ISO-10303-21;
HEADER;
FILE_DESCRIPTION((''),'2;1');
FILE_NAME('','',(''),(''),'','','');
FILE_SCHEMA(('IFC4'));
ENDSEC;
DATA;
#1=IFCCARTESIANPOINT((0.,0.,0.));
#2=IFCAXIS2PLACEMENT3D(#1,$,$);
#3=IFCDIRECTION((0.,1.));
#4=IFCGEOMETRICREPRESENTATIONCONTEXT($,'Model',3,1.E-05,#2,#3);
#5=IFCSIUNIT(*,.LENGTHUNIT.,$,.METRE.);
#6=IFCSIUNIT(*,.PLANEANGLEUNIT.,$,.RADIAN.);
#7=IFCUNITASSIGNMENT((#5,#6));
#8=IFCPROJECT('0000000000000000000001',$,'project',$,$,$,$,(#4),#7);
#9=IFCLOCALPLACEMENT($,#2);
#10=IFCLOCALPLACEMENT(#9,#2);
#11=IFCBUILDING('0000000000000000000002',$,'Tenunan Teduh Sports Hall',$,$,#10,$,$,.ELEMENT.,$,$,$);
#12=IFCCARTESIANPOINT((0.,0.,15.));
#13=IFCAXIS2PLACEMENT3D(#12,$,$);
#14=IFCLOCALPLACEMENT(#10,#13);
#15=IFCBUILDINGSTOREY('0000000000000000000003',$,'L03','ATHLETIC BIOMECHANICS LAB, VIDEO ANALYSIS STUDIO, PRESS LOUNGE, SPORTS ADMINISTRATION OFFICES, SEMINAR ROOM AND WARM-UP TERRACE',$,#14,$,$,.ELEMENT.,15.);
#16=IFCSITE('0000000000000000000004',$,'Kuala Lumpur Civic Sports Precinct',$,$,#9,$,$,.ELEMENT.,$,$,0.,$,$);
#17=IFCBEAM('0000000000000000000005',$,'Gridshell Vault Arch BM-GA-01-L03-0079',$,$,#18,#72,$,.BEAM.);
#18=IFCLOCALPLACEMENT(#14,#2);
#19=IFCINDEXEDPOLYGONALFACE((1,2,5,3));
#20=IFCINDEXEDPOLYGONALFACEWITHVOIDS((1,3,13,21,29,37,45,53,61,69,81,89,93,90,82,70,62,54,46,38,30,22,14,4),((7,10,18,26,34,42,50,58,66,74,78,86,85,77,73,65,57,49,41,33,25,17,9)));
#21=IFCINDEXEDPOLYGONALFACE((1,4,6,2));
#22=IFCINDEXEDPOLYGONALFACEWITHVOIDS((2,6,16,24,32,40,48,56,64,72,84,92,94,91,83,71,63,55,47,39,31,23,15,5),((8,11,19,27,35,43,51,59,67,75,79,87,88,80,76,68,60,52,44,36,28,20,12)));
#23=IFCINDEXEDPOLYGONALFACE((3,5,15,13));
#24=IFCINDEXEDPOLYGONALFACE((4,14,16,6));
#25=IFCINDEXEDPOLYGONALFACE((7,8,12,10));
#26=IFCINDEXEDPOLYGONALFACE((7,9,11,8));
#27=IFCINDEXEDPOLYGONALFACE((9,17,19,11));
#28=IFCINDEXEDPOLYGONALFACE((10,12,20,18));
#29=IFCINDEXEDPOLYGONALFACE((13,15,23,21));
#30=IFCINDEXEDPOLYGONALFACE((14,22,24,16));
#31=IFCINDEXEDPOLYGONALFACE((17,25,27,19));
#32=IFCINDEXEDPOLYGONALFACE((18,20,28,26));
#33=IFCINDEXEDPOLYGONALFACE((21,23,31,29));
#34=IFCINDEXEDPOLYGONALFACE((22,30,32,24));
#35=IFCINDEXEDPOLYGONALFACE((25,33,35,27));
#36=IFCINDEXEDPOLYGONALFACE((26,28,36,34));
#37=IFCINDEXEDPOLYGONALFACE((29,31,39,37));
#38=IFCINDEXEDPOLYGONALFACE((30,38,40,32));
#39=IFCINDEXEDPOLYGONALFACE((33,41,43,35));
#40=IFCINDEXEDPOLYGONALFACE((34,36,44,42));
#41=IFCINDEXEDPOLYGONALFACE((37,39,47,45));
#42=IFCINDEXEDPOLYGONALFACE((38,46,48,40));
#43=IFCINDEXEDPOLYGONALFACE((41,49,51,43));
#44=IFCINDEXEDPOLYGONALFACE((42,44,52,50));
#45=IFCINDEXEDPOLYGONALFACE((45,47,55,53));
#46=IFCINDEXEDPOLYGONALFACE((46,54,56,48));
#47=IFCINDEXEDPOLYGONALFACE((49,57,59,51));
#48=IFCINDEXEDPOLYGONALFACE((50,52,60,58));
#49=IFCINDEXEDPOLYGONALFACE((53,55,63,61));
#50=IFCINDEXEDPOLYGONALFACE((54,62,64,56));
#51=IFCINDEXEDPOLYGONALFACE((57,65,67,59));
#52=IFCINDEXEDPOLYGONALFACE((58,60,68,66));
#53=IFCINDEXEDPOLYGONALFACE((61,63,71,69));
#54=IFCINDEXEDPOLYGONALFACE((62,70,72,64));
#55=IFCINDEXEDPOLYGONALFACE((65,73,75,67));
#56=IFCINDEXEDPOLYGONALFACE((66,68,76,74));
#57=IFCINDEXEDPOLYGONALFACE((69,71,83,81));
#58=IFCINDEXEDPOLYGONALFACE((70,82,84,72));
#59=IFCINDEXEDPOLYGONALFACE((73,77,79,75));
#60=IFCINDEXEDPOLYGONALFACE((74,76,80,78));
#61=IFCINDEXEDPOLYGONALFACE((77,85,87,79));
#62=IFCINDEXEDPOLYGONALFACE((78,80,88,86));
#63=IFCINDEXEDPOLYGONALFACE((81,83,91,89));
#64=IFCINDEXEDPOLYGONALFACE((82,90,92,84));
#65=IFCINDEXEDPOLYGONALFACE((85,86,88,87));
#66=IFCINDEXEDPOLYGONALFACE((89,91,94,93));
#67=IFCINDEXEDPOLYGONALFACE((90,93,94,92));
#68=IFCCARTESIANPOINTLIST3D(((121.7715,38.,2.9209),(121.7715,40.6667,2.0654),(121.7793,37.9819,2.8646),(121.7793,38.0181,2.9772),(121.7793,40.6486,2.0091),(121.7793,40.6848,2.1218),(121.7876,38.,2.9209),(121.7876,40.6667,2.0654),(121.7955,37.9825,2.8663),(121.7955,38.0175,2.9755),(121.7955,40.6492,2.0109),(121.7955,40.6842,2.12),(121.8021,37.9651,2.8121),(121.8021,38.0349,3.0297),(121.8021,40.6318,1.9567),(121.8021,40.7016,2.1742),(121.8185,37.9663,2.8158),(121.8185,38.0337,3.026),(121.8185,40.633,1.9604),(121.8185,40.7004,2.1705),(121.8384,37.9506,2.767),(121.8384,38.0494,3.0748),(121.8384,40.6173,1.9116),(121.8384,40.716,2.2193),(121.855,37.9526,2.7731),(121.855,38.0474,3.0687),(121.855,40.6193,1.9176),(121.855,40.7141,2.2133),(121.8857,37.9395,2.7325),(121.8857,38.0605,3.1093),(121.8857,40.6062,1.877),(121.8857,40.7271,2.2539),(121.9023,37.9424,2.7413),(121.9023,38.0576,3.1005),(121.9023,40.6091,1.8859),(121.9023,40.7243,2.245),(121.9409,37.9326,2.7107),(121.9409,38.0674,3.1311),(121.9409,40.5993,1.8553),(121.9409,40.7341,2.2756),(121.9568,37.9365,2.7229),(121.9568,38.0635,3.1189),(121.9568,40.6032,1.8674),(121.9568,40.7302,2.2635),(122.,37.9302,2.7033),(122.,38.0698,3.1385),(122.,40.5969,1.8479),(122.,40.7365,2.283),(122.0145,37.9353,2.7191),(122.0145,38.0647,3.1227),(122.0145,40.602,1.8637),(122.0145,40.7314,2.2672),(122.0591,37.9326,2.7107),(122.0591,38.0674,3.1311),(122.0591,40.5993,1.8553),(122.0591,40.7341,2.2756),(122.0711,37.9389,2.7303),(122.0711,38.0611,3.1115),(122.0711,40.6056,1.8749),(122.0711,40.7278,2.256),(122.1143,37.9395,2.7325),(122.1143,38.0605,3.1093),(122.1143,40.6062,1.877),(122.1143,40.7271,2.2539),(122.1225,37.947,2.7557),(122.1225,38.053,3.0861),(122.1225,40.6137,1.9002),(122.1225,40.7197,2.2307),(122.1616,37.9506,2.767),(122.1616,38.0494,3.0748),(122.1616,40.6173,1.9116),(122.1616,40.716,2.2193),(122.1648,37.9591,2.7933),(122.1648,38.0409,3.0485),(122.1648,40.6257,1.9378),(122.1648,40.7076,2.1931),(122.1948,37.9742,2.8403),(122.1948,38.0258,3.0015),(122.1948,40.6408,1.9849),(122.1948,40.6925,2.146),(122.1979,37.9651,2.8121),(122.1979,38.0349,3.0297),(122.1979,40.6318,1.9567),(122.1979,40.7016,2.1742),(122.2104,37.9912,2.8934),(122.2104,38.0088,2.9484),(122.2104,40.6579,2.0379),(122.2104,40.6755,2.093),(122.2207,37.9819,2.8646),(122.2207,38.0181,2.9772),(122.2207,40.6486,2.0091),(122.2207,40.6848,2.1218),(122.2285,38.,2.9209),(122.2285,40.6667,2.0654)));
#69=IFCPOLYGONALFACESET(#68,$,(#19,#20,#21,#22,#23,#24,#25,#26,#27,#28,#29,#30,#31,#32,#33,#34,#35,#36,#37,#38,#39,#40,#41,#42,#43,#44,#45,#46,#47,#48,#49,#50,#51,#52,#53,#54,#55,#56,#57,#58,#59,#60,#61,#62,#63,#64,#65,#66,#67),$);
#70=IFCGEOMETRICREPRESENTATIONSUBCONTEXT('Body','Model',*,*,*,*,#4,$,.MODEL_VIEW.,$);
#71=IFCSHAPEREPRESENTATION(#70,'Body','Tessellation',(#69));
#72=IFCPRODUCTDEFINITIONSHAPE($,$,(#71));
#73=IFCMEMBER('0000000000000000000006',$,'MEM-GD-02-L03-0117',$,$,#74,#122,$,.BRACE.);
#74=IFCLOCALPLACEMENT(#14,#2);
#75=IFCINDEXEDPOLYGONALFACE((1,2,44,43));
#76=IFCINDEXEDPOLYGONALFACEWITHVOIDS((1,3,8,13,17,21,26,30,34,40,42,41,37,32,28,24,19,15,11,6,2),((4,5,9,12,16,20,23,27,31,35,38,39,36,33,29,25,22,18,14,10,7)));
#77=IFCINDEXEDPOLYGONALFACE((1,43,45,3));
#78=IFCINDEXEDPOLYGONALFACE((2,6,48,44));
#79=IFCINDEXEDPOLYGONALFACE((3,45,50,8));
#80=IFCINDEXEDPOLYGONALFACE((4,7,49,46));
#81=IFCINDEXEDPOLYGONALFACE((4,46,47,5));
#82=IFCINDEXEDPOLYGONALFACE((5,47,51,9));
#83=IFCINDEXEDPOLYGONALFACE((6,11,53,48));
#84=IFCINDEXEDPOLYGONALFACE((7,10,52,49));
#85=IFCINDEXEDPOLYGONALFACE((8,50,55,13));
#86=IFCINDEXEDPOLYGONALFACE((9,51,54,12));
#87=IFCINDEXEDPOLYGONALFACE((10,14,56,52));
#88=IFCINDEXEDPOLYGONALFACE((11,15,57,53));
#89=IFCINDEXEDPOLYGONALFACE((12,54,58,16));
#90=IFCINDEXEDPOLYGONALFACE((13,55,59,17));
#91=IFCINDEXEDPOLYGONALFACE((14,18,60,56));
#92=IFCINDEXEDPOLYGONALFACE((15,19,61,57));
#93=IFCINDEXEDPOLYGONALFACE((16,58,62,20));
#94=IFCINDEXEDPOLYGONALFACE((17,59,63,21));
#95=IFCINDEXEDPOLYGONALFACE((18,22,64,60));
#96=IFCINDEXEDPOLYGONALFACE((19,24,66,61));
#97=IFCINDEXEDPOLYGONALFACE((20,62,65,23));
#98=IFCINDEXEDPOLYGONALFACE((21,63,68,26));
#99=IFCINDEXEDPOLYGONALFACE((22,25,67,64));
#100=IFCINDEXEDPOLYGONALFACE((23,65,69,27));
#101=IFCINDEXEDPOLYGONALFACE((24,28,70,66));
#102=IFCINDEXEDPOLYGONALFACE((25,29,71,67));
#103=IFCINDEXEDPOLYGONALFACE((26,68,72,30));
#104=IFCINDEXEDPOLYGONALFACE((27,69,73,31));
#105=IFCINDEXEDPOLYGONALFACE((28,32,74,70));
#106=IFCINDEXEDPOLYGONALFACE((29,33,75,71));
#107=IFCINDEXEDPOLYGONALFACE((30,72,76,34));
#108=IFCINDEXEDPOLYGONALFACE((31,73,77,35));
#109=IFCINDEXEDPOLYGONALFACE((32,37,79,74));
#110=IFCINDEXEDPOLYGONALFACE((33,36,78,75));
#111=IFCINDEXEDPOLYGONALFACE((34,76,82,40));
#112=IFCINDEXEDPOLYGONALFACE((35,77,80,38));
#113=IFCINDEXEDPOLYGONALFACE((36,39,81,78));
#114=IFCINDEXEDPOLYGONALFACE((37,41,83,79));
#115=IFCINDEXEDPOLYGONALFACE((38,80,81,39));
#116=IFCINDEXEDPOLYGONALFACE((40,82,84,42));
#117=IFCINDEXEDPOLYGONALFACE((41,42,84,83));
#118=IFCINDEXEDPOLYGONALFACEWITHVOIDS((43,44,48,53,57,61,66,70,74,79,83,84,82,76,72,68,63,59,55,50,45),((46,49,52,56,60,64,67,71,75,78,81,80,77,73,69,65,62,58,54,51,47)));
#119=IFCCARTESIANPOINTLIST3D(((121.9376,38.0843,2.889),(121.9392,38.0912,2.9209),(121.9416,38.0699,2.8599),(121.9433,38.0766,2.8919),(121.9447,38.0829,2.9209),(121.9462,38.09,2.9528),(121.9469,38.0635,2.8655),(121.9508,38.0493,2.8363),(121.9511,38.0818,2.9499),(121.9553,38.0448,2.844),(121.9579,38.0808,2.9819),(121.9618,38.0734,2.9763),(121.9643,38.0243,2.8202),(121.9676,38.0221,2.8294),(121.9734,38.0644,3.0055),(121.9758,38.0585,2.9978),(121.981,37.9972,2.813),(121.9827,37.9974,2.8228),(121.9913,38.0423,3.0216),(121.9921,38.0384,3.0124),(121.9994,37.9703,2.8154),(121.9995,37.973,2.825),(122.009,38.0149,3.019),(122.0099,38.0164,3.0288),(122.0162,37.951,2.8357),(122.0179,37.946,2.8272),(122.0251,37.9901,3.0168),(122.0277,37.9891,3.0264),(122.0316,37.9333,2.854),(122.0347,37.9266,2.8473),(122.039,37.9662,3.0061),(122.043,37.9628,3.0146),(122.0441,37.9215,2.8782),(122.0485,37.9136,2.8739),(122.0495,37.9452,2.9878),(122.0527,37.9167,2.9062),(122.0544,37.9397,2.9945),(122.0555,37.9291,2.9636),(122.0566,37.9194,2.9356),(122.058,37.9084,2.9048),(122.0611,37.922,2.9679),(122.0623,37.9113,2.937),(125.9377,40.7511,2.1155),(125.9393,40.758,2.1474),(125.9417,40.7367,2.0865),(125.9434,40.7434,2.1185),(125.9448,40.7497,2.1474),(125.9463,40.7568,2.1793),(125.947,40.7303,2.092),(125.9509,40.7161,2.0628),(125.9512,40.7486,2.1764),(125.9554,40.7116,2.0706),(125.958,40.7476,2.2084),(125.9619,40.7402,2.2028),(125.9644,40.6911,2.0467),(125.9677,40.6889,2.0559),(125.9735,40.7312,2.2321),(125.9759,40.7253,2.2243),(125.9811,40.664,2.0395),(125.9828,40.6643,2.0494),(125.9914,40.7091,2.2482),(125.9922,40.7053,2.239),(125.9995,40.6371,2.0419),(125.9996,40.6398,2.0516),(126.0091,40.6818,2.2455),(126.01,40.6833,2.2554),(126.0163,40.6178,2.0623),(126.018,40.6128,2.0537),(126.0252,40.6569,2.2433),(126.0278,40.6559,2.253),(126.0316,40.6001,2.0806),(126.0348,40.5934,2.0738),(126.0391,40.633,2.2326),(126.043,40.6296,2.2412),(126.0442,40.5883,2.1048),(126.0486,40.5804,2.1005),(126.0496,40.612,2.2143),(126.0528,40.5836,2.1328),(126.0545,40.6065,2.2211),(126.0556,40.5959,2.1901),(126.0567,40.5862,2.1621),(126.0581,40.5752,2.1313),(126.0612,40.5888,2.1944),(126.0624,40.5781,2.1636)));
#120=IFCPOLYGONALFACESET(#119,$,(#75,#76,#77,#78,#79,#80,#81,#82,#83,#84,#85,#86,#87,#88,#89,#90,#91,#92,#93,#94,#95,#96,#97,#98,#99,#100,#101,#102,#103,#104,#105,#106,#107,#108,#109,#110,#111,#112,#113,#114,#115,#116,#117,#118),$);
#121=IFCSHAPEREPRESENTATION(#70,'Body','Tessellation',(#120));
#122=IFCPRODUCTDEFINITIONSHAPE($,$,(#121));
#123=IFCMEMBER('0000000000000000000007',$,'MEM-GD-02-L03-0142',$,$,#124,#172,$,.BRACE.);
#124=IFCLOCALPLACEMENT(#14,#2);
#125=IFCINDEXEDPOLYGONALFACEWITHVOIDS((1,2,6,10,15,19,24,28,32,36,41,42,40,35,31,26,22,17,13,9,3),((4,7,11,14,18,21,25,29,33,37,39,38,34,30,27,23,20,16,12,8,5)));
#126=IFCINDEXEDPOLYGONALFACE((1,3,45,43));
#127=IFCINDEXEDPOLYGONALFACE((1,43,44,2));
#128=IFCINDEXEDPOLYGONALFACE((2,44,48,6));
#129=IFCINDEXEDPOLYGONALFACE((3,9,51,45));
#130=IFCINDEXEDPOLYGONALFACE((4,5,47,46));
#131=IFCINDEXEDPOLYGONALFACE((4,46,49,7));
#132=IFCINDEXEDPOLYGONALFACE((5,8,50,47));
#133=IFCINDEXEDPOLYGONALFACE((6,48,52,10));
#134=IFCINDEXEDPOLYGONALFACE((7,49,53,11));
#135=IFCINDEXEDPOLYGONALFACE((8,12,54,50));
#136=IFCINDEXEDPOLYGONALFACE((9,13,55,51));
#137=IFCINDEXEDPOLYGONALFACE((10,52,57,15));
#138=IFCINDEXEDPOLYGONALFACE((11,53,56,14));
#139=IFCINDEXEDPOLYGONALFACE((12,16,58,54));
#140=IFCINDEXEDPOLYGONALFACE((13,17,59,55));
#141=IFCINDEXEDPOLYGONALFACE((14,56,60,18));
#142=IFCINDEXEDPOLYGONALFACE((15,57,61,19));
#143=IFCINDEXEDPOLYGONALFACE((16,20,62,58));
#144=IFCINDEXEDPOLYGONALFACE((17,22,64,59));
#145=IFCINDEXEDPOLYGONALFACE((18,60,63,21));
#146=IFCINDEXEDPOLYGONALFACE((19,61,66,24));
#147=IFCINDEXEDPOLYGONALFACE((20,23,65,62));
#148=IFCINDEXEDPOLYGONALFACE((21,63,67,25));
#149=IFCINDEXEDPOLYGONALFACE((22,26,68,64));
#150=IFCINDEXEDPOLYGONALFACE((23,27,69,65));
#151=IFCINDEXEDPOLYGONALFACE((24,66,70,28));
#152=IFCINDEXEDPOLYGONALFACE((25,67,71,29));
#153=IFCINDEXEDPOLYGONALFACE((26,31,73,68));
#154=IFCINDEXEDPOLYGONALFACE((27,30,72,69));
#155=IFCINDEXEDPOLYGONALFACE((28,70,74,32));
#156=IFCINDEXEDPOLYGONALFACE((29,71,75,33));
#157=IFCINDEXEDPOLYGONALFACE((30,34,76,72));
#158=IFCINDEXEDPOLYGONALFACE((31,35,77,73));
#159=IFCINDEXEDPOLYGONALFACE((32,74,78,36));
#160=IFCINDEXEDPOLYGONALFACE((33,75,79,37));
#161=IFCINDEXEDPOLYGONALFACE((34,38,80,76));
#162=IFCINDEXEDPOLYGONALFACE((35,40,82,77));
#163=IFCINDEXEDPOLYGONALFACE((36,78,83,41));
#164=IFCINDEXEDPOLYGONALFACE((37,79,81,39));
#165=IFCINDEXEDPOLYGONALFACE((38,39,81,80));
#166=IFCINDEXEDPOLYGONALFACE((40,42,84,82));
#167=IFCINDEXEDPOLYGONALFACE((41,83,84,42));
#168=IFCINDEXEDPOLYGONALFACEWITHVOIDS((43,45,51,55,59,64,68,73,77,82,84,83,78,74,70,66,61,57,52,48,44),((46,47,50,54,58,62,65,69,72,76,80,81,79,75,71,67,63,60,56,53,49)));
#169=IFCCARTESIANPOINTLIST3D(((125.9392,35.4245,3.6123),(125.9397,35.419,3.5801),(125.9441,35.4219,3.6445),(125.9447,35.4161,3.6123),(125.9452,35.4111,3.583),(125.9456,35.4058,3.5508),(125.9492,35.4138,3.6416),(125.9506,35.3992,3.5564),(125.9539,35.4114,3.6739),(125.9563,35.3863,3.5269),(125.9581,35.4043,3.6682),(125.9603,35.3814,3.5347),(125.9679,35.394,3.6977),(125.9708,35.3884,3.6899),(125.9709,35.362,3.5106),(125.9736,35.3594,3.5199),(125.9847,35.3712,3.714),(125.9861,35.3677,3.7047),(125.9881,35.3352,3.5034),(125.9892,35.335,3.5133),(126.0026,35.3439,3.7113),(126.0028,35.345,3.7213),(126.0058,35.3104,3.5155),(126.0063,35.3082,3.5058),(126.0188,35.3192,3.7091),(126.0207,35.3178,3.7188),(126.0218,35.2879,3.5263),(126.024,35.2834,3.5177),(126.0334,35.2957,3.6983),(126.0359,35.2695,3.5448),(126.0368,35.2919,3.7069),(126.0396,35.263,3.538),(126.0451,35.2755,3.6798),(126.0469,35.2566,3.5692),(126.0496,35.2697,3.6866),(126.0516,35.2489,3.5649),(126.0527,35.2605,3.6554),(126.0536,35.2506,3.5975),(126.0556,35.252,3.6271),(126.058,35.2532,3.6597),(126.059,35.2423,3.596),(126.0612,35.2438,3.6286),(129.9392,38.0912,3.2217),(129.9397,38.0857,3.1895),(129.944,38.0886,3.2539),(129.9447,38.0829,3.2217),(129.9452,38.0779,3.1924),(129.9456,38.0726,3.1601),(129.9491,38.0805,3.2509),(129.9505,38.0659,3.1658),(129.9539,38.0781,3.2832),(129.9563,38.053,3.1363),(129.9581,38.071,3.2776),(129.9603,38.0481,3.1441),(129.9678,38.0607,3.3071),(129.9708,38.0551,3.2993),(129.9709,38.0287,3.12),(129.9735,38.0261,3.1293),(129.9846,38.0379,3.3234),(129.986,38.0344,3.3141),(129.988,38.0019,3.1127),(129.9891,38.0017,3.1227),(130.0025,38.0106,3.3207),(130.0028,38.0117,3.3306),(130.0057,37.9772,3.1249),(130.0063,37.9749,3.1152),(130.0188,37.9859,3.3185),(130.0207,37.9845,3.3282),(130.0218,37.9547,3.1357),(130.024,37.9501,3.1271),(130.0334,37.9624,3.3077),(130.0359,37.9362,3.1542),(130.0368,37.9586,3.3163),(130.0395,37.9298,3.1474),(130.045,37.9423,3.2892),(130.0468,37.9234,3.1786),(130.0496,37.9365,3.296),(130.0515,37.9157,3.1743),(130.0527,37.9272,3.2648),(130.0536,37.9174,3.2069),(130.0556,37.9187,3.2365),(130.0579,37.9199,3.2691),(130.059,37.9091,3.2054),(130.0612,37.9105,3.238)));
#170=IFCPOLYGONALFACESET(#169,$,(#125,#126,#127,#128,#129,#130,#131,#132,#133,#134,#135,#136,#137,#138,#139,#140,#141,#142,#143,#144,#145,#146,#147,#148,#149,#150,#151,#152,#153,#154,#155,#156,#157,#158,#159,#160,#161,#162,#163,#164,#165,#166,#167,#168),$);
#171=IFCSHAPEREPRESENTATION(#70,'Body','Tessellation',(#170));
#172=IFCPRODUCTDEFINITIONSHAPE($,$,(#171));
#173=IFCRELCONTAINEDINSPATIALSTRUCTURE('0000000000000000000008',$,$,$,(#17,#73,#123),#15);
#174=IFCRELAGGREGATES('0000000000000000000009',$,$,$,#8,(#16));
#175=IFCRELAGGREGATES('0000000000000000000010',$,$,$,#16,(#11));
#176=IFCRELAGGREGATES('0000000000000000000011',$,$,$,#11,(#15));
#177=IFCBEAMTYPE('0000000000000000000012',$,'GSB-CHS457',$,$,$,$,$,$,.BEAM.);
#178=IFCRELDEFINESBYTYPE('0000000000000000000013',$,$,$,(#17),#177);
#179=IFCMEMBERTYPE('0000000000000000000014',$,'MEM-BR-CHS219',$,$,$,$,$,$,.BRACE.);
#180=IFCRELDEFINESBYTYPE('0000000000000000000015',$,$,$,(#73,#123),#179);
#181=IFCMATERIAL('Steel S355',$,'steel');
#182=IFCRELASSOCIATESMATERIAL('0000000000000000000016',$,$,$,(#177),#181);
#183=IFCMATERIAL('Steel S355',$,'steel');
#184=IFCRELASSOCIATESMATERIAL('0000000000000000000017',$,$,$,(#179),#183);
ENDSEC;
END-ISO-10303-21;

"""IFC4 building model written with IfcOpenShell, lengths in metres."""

from ifc_helpers import new_model, si_unit, direction, frame, origin, origin_2d, place, context, subcontext, project, spatial, hollow_circle, extrude, material, material_profile, profile_set, type_object, element, save


model = new_model("IFC4")

# Units and contexts
model_context = context("Model", 3, precision=1e-05, world=origin(), true_north=direction((0.0, 1.0)))
body_context = subcontext(model_context, "Body", "Model", "MODEL_VIEW")
ifc_project = project(units=[si_unit("LENGTHUNIT", "METRE"), si_unit("PLANEANGLEUNIT", "RADIAN")], contexts=[model_context])

# Site, building, storey
site_placement = place(None, origin())
site = spatial("IfcSite", under=ifc_project, at=site_placement, Name="Kuala Lumpur Civic Sports Precinct", CompositionType="ELEMENT", RefElevation=0.0)
building_placement = place(site_placement, origin())
building = spatial("IfcBuilding", under=site, at=building_placement, Name="Tenunan Teduh Sports Hall", CompositionType="ELEMENT")
storey_placement = place(building_placement, frame((0.0, 0.0, 15.0)))
storey = spatial("IfcBuildingStorey", under=building, at=storey_placement, Name="L03", Description="ATHLETIC BIOMECHANICS LAB, VIDEO ANALYSIS STUDIO, PRESS LOUNGE, SPORTS ADMINISTRATION OFFICES, SEMINAR ROOM AND WARM-UP TERRACE", CompositionType="ELEMENT", Elevation=15.0)

# Beam
ifc_material_1 = material(Name="Steel S355", Category="steel")
ifc_material_profile_1 = material_profile(ifc_material_1, hollow_circle(Radius=0.2285, WallThickness=0.0161, at=origin_2d()), Name="CHS 457.0x16.0")
ifc_profile_set_1 = profile_set([ifc_material_profile_1], Name="Steel S355")
beam_type_1 = type_object("IfcBeamType", Name="GSB-CHS457", PredefinedType="BEAM", material=ifc_profile_set_1)
beam_1_placement = place(storey_placement, frame((122.0, 38.0, 2.9209), z_axis=(0.0, 0.952205, -0.305459), x_axis=(-1.0, 0.0, 0.0)))
element("IfcBeam", 1, at=beam_1_placement, inside=storey, type_object=beam_type_1, Name="Gridshell Vault Arch BM-GA-01-L03-0079", PredefinedType="BEAM", context=body_context, shape_type="SweptSolid", body=[
    extrude(hollow_circle(Radius=0.2285, WallThickness=0.0161, at=origin_2d()), origin(), (0.0, 0.0, 1.0), 2.8005),
])

# Members
ifc_material_2 = material(Name="Steel S355", Category="steel")
ifc_material_profile_2 = material_profile(ifc_material_2, hollow_circle(Radius=0.1096, WallThickness=0.01, at=origin_2d()), Name="CHS 219.1x10.0")
ifc_profile_set_2 = profile_set([ifc_material_profile_2], Name="Steel S355")
member_type_1 = type_object("IfcMemberType", Name="MEM-BR-CHS219", PredefinedType="BRACE", material=ifc_profile_set_2)
member_1_placement = place(storey_placement, frame((122.0, 38.0, 2.9209), z_axis=(0.821479, 0.547669, -0.158841), x_axis=(-0.554712, 0.832042, 0.0)))
element("IfcMember", 2, at=member_1_placement, inside=storey, type_object=member_type_1, Name="MEM-GD-02-L03-0117", PredefinedType="BRACE", context=body_context, shape_type="SweptSolid", body=[
    extrude(hollow_circle(Radius=0.1096, WallThickness=0.01, at=origin_2d()), origin(), (0.0, 0.0, 1.0), 4.8694),
])
member_2_placement = place(storey_placement, frame((126.0, 35.3333, 3.6123), z_axis=(0.829309, 0.55289, -0.080987), x_axis=(-0.554712, 0.832042, 0.0)))
element("IfcMember", 3, at=member_2_placement, inside=storey, type_object=member_type_1, Name="MEM-GD-02-L03-0142", PredefinedType="BRACE", context=body_context, shape_type="SweptSolid", body=[
    extrude(hollow_circle(Radius=0.1096, WallThickness=0.01, at=origin_2d()), origin(), (0.0, 0.0, 1.0), 4.8232),
])

save(model, "model.ifc")
